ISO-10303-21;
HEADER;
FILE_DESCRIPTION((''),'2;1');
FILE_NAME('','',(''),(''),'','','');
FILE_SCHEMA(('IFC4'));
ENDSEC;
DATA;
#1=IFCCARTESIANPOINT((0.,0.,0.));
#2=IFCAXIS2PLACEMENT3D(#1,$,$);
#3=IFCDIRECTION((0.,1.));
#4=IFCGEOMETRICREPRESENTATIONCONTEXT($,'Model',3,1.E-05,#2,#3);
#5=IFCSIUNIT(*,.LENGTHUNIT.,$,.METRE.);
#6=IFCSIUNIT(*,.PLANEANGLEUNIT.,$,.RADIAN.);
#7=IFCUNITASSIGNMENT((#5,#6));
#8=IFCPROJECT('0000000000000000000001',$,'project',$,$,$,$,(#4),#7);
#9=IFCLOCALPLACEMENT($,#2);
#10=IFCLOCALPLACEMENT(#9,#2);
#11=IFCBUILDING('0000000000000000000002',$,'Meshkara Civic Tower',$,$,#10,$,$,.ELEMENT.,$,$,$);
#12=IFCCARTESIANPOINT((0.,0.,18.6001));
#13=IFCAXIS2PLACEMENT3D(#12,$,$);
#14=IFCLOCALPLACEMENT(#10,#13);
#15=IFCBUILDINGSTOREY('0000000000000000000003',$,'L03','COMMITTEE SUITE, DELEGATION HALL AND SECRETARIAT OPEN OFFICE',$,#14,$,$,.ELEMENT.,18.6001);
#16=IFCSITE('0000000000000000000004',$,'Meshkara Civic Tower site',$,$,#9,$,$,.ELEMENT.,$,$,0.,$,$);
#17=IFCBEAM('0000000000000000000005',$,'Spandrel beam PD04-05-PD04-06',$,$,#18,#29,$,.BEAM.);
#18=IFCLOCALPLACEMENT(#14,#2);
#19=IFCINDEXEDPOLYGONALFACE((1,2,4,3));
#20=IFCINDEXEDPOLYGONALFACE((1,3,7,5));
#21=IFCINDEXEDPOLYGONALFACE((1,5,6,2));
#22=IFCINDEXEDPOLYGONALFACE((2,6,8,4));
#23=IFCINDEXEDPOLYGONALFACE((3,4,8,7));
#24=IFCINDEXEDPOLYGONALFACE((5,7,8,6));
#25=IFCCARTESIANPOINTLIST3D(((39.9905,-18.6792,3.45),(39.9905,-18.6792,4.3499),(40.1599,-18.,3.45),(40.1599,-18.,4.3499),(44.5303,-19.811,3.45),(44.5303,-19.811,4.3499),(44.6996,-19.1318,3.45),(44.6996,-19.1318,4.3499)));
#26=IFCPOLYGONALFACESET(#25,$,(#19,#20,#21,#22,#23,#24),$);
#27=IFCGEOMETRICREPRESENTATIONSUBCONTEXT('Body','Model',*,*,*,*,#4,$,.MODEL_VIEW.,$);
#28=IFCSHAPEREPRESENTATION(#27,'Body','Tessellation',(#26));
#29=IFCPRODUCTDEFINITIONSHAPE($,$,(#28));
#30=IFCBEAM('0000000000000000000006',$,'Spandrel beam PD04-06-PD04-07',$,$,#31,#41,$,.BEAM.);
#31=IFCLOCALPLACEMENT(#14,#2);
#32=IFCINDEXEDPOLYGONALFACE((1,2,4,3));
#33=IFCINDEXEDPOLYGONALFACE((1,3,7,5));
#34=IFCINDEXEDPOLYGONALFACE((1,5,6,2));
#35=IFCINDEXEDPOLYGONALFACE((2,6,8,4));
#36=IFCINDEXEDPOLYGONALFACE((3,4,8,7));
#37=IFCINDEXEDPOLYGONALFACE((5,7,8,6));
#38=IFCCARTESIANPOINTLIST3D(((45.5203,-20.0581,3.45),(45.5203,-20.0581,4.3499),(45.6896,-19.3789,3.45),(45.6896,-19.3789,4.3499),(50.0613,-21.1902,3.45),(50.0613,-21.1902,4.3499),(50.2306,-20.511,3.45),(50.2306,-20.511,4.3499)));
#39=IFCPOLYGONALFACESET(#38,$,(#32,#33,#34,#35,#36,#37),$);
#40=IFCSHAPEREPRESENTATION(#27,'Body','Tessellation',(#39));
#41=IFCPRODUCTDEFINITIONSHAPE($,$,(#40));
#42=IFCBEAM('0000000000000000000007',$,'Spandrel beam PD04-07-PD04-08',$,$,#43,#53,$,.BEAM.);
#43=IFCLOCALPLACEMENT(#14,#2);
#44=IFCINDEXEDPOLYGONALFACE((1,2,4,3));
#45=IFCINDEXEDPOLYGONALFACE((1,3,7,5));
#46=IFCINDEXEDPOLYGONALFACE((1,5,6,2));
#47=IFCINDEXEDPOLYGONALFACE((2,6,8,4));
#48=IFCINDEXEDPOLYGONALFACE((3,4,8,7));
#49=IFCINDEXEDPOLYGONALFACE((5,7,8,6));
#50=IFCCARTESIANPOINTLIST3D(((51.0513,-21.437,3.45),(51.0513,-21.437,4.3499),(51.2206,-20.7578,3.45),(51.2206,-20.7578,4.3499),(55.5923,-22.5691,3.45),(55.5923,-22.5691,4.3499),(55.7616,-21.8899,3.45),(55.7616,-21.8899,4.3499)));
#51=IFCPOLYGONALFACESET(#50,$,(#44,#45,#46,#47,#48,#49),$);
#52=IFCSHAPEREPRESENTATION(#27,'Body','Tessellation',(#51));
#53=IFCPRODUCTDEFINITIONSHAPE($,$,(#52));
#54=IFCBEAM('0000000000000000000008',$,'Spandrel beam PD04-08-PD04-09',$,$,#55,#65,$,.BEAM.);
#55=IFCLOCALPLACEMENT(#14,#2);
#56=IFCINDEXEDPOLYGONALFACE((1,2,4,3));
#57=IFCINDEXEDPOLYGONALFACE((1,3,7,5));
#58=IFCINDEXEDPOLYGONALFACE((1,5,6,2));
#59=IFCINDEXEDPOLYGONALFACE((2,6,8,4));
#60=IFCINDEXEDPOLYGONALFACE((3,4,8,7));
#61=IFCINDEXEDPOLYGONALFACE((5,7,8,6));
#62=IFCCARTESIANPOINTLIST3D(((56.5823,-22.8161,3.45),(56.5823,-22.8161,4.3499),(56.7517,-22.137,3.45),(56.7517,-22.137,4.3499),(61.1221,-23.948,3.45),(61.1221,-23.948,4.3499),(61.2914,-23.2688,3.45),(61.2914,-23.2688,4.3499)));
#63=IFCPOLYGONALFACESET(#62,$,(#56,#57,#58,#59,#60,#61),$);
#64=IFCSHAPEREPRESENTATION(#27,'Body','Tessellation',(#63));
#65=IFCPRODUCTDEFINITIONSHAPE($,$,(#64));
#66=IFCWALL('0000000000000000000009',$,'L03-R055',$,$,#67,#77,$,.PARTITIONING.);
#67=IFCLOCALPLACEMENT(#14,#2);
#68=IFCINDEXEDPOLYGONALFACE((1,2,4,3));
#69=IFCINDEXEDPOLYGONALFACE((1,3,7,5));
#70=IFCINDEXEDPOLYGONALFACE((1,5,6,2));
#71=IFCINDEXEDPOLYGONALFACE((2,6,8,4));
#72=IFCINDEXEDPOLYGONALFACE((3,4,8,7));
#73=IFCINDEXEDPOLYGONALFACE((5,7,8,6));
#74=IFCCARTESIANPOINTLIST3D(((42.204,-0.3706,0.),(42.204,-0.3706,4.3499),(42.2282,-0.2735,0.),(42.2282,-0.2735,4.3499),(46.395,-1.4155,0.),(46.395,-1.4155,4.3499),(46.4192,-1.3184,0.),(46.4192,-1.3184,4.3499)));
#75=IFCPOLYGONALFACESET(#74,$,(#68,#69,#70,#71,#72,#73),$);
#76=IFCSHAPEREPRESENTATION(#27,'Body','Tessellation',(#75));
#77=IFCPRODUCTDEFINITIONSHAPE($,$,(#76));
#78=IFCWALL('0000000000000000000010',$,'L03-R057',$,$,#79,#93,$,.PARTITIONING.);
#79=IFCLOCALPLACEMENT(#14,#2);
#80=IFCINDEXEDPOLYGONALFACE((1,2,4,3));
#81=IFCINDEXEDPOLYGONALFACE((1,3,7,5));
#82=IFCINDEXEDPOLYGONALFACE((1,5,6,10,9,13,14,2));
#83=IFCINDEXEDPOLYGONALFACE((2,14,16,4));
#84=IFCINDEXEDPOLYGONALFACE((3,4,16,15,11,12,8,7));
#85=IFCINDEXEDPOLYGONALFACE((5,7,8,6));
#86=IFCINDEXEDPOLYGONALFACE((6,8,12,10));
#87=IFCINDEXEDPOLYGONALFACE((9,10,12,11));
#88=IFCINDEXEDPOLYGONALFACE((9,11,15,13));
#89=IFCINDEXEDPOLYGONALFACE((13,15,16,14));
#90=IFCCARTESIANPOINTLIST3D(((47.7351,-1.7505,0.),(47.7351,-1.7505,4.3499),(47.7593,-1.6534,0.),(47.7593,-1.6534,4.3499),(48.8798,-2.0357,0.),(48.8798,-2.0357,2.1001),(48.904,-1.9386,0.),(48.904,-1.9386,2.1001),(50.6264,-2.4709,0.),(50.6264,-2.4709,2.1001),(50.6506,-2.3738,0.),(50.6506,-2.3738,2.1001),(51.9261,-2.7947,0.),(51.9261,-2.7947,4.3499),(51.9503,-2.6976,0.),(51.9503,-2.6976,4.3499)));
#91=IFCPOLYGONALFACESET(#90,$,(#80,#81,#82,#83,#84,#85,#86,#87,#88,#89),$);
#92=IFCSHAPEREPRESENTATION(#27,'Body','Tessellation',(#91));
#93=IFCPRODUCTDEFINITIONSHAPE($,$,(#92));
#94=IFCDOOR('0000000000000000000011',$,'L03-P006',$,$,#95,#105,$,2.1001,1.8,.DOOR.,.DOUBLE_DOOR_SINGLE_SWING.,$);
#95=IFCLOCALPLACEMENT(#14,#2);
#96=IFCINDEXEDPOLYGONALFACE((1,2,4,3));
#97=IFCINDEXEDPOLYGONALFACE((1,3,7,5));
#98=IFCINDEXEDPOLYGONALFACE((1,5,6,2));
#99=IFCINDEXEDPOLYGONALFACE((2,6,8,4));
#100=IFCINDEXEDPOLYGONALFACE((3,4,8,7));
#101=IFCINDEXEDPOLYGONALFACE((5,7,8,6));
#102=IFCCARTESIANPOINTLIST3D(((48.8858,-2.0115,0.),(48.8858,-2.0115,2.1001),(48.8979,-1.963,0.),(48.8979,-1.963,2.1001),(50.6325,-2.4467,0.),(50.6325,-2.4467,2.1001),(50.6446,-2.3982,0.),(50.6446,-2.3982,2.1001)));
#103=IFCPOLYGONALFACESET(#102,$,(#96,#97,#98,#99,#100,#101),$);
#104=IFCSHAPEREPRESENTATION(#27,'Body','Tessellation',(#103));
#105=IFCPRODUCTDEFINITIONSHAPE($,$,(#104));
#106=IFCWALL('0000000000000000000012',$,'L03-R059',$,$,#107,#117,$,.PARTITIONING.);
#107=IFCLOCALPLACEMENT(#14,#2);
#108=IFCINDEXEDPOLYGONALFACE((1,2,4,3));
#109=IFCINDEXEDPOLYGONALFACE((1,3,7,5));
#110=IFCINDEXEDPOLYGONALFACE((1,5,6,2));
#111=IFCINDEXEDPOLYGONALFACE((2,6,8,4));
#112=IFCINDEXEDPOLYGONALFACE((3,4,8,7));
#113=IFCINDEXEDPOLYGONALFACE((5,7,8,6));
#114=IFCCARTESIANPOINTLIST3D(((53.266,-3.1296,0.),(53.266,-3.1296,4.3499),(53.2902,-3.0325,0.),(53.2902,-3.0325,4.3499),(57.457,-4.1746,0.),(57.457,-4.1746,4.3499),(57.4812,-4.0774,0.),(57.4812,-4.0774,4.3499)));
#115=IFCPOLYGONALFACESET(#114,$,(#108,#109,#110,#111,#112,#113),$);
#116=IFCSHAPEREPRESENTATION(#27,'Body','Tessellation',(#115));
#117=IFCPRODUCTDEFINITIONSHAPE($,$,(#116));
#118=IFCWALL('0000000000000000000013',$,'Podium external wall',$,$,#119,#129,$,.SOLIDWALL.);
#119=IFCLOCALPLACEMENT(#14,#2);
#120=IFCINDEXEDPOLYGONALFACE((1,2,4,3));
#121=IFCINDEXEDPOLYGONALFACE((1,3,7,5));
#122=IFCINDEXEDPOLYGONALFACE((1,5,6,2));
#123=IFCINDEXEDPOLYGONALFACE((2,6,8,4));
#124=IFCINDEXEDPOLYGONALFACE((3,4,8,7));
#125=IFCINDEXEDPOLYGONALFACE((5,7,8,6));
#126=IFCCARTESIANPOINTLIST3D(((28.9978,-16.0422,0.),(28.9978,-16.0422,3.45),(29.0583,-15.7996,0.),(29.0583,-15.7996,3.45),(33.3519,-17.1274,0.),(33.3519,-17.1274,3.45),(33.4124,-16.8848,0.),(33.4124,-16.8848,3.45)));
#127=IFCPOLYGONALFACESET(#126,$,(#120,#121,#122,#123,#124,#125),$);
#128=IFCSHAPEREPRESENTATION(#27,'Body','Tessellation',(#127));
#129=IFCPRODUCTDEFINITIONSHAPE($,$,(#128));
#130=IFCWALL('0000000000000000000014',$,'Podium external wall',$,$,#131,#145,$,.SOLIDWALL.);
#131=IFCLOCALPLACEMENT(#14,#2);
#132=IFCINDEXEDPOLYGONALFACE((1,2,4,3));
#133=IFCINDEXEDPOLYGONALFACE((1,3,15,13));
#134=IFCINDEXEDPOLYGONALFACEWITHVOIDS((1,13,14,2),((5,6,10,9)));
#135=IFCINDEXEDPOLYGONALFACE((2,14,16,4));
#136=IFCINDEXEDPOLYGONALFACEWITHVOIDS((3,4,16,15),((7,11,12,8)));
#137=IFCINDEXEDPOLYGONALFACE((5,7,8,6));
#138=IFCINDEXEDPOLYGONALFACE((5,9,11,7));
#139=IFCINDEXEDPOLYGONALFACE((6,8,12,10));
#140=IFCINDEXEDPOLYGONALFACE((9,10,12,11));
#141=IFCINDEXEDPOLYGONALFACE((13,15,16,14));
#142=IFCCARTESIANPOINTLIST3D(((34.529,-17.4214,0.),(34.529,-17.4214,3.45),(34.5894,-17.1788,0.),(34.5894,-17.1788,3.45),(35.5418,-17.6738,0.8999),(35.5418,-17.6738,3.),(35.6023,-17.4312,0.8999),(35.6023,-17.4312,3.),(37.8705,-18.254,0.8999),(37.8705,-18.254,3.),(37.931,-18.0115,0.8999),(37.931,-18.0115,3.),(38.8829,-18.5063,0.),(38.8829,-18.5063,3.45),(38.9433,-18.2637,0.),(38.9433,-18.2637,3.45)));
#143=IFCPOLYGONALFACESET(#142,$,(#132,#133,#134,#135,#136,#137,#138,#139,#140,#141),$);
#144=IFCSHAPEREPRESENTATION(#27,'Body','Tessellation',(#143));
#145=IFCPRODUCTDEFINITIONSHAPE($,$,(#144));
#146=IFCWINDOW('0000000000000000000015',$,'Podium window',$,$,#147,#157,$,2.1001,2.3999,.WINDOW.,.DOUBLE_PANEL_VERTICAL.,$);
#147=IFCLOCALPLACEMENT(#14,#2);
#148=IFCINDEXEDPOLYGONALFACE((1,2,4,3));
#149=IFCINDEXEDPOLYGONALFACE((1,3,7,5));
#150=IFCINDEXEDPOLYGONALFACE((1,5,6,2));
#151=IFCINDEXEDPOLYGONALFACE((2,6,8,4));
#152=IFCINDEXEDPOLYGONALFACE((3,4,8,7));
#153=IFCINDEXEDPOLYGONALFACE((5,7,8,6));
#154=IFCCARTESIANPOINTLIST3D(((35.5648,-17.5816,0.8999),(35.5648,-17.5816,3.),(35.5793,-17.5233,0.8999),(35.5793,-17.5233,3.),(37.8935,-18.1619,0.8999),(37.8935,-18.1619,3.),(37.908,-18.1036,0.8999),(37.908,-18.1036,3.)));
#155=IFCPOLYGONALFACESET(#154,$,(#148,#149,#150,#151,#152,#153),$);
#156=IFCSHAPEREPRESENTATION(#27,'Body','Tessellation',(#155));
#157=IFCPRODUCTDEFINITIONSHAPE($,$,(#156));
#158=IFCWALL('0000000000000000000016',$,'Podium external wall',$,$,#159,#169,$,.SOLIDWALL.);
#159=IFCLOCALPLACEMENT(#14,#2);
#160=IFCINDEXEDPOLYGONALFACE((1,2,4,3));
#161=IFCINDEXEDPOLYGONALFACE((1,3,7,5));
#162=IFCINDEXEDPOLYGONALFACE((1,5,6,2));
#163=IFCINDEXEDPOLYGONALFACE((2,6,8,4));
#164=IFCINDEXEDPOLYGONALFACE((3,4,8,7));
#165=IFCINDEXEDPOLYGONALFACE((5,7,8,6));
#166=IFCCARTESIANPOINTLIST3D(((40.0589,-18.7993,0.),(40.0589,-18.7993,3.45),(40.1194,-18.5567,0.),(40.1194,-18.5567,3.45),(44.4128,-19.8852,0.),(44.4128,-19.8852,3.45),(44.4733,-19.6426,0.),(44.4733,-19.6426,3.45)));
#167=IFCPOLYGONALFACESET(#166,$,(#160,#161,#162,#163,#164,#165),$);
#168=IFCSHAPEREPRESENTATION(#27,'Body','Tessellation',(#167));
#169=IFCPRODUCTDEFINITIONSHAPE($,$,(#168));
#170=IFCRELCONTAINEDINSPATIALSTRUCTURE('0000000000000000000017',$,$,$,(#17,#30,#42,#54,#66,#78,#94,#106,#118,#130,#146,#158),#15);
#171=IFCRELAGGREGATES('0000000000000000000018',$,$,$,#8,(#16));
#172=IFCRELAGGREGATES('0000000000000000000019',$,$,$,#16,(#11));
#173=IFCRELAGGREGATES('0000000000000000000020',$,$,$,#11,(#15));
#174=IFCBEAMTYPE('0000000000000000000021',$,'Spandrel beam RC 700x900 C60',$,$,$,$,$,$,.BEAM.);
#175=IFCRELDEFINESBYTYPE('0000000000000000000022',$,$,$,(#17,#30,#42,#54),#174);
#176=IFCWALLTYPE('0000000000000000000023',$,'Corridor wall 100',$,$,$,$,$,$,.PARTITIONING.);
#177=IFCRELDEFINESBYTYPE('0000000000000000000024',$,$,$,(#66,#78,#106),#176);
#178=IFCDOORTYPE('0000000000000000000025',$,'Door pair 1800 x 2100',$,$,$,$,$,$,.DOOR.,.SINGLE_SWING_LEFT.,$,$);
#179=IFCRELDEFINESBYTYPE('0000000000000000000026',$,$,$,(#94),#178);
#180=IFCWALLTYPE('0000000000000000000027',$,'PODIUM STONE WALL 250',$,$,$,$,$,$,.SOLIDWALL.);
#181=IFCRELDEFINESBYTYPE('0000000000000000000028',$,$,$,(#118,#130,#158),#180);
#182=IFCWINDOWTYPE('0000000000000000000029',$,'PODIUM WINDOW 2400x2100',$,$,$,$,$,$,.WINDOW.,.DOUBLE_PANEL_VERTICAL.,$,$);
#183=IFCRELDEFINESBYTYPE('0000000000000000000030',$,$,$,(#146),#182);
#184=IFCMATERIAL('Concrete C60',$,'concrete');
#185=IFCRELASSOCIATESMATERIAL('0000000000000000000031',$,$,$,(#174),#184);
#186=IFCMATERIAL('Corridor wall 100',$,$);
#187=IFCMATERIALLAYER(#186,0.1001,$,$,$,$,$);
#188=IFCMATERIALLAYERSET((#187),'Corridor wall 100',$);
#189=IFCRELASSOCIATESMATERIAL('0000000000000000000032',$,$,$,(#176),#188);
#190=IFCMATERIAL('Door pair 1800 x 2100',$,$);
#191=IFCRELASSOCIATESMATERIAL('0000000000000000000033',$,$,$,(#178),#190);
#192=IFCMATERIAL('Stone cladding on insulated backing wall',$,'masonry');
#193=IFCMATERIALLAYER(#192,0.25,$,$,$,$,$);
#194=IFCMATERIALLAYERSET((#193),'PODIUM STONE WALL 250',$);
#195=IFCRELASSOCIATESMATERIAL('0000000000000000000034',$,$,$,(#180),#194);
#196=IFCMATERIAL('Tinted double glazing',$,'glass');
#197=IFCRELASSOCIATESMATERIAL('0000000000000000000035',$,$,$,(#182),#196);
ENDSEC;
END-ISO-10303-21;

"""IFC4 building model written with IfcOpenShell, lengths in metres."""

from ifc_helpers import new_model, si_unit, direction, frame, frame_2d, origin, origin_2d, place, context, subcontext, project, spatial, rectangle, extrude, material, layer, layer_set, material_profile, profile_set, type_object, element, fill, save


model = new_model("IFC4")

# Units and contexts
model_context = context("Model", 3, precision=1e-05, world=origin(), true_north=direction((0.0, 1.0)))
body_context = subcontext(model_context, "Body", "Model", "MODEL_VIEW")
ifc_project = project(units=[si_unit("LENGTHUNIT", "METRE"), si_unit("PLANEANGLEUNIT", "RADIAN")], contexts=[model_context])

# Site, building, storey
site_placement = place(None, origin())
site = spatial("IfcSite", under=ifc_project, at=site_placement, Name="Meshkara Civic Tower site", CompositionType="ELEMENT", RefElevation=0.0)
building_placement = place(site_placement, origin())
building = spatial("IfcBuilding", under=site, at=building_placement, Name="Meshkara Civic Tower", CompositionType="ELEMENT")
storey_placement = place(building_placement, frame((0.0, 0.0, 18.6001)))
storey = spatial("IfcBuildingStorey", under=building, at=storey_placement, Name="L03", Description="COMMITTEE SUITE, DELEGATION HALL AND SECRETARIAT OPEN OFFICE", CompositionType="ELEMENT", Elevation=18.6001)

# Beams
ifc_material_1 = material(Name="Concrete C60", Category="concrete")
ifc_material_profile_1 = material_profile(ifc_material_1, rectangle(XDim=0.7, YDim=0.8999, at=origin_2d()))
ifc_profile_set_1 = profile_set([ifc_material_profile_1], Name="Concrete C60")
beam_type = type_object("IfcBeamType", Name="Spandrel beam RC 700x900 C60", PredefinedType="BEAM", material=ifc_profile_set_1)
beam_1_placement = place(storey_placement, frame((40.0752, -18.3396, 3.8999), z_axis=(0.970299, -0.241909, 0.0), x_axis=(0.241909, 0.970299, 0.0)))
element("IfcBeam", 1, at=beam_1_placement, inside=storey, type_object=beam_type, Name="Spandrel beam PD04-05-PD04-06", PredefinedType="BEAM", context=body_context, shape_type="SweptSolid", body=[
    extrude(rectangle(XDim=0.7, YDim=0.8999, at=origin_2d()), origin(), (0.0, 0.0, 1.0), 4.6787),
])
for number, where, z_axis, x_axis, name in (
    (2, (45.605, -19.7185, 3.8999), (0.970302, -0.241897, 0.0), (0.241897, 0.970302, 0.0), "Spandrel beam PD04-06-PD04-07"),
    (3, (51.136, -21.0974, 3.8999), (0.970302, -0.241897, 0.0), (0.241897, 0.970302, 0.0), "Spandrel beam PD04-07-PD04-08"),
):
    element("IfcBeam", number, at=place(storey_placement, frame(where, z_axis=z_axis, x_axis=x_axis)), inside=storey, type_object=beam_type, Name=name, PredefinedType="BEAM", context=body_context, shape_type="SweptSolid", body=[
        extrude(rectangle(XDim=0.7, YDim=0.8999, at=origin_2d()), origin(), (0.0, 0.0, 1.0), 4.6799),
    ])
beam_2_placement = place(storey_placement, frame((56.667, -22.4766, 3.8999), z_axis=(0.970299, -0.241909, 0.0), x_axis=(0.241909, 0.970299, 0.0)))
element("IfcBeam", 4, at=beam_2_placement, inside=storey, type_object=beam_type, Name="Spandrel beam PD04-08-PD04-09", PredefinedType="BEAM", context=body_context, shape_type="SweptSolid", body=[
    extrude(rectangle(XDim=0.7, YDim=0.8999, at=origin_2d()), origin(), (0.0, 0.0, 1.0), 4.6787),
])

# Wall
ifc_material_2 = material(Name="Corridor wall 100")
ifc_layer_1 = layer(ifc_material_2, 0.1001)
ifc_layer_set_1 = layer_set([ifc_layer_1], Name="Corridor wall 100")
wall_type_1 = type_object("IfcWallType", Name="Corridor wall 100", PredefinedType="PARTITIONING", material=ifc_layer_set_1)
wall_1_placement = place(storey_placement, frame((42.2161, -0.322, 0.0), z_axis=(0.0, 0.0, 1.0), x_axis=(0.970295, -0.241924, 0.0)))
element("IfcWall", 5, at=wall_1_placement, inside=storey, type_object=wall_type_1, Name="L03-R055", PredefinedType="PARTITIONING", context=body_context, shape_type="SweptSolid", body=[
    extrude(rectangle(XDim=4.3193, YDim=0.1001, at=frame_2d((2.1597, 0.0))), origin(), (0.0, 0.0, 1.0), 4.3499),
])

# Wall, opening, door
wall_2_placement = place(storey_placement, frame((47.7471, -1.7019, 0.0), z_axis=(0.0, 0.0, 1.0), x_axis=(0.970335, -0.241764, 0.0)))
wall_2 = element("IfcWall", 6, at=wall_2_placement, inside=storey, type_object=wall_type_1, Name="L03-R057", PredefinedType="PARTITIONING", context=body_context, shape_type="SweptSolid", body=[
    extrude(rectangle(XDim=4.3191, YDim=0.1001, at=frame_2d((2.1597, 0.0))), origin(), (0.0, 0.0, 1.0), 4.3499),
])
opening_1_placement = place(wall_2_placement, frame((1.1799, 0.0, 0.0)))
opening_1 = element("IfcOpeningElement", 7, at=opening_1_placement, cuts=wall_2, PredefinedType="OPENING", context=body_context, shape_type="SweptSolid", body=[
    extrude(rectangle(XDim=1.8, YDim=2.1001, at=frame_2d((0.8999, 1.05))), frame((0.0, 0.0601, 0.0), z_axis=(0.0, -1.0, 0.0), x_axis=(1.0, 0.0, 0.0)), (0.0, 0.0, 1.0), 0.1201),
])
ifc_material_3 = material(Name="Door pair 1800 x 2100")
door_type = type_object("IfcDoorType", Name="Door pair 1800 x 2100", OperationType="SINGLE_SWING_LEFT", PredefinedType="DOOR", material=ifc_material_3)
door_placement = place(opening_1_placement, origin())
door = element("IfcDoor", 8, at=door_placement, inside=storey, type_object=door_type, Name="L03-P006", OperationType="DOUBLE_DOOR_SINGLE_SWING", OverallHeight=2.1001, OverallWidth=1.8, PredefinedType="DOOR", context=body_context, shape_type="SweptSolid", body=[
    extrude(rectangle(XDim=1.8, YDim=2.1001, at=frame_2d((0.8999, 1.05))), frame((0.0, 0.0249, 0.0), z_axis=(0.0, -1.0, 0.0), x_axis=(1.0, 0.0, 0.0)), (0.0, 0.0, 1.0), 0.05),
])
fill(opening_1, door)

# Walls
wall_3_placement = place(storey_placement, frame((53.2781, -3.0811, 0.0), z_axis=(0.0, 0.0, 1.0), x_axis=(0.970295, -0.241924, 0.0)))
element("IfcWall", 9, at=wall_3_placement, inside=storey, type_object=wall_type_1, Name="L03-R059", PredefinedType="PARTITIONING", context=body_context, shape_type="SweptSolid", body=[
    extrude(rectangle(XDim=4.3193, YDim=0.1001, at=frame_2d((2.1597, 0.0))), origin(), (0.0, 0.0, 1.0), 4.3499),
])
ifc_material_4 = material(Name="Stone cladding on insulated backing wall", Category="masonry")
ifc_layer_2 = layer(ifc_material_4, 0.25)
ifc_layer_set_2 = layer_set([ifc_layer_2], Name="PODIUM STONE WALL 250")
wall_type_2 = type_object("IfcWallType", Name="PODIUM STONE WALL 250", PredefinedType="SOLIDWALL", material=ifc_layer_set_2)
wall_4_placement = place(storey_placement, frame((29.0281, -15.9209, 0.0), z_axis=(0.0, 0.0, 1.0), x_axis=(0.970315, -0.241844, 0.0)))
element("IfcWall", 10, at=wall_4_placement, inside=storey, type_object=wall_type_2, Name="Podium external wall", PredefinedType="SOLIDWALL", context=body_context, shape_type="SweptSolid", body=[
    extrude(rectangle(XDim=4.4873, YDim=0.25, at=frame_2d((2.2437, 0.0))), origin(), (0.0, 0.0, 1.0), 3.45),
])

# Wall, opening, window
wall_5_placement = place(storey_placement, frame((34.5591, -17.3, 0.0), z_axis=(0.0, 0.0, 1.0), x_axis=(0.970328, -0.241793, 0.0)))
wall_5 = element("IfcWall", 11, at=wall_5_placement, inside=storey, type_object=wall_type_2, Name="Podium external wall", PredefinedType="SOLIDWALL", context=body_context, shape_type="SweptSolid", body=[
    extrude(rectangle(XDim=4.4871, YDim=0.25, at=frame_2d((2.2437, 0.0))), origin(), (0.0, 0.0, 1.0), 3.45),
])
opening_2_placement = place(wall_5_placement, frame((1.0439, 0.0, 0.8999)))
opening_2 = element("IfcOpeningElement", 12, at=opening_2_placement, cuts=wall_5, PredefinedType="OPENING", context=body_context, shape_type="SweptSolid", body=[
    extrude(rectangle(XDim=2.3999, YDim=2.1001, at=frame_2d((1.2, 1.05))), frame((0.0, 0.135, 0.0), z_axis=(0.0, -1.0, 0.0), x_axis=(1.0, 0.0, 0.0)), (0.0, 0.0, 1.0), 0.27),
])
ifc_material_5 = material(Name="Tinted double glazing", Category="glass")
window_type = type_object("IfcWindowType", Name="PODIUM WINDOW 2400x2100", PartitioningType="DOUBLE_PANEL_VERTICAL", PredefinedType="WINDOW", material=ifc_material_5)
window_1_placement = place(opening_2_placement, origin())
window_1 = element("IfcWindow", 13, at=window_1_placement, inside=storey, type_object=window_type, Name="Podium window", OverallHeight=2.1001, OverallWidth=2.3999, PartitioningType="DOUBLE_PANEL_VERTICAL", PredefinedType="WINDOW", context=body_context, shape_type="SweptSolid", body=[
    extrude(rectangle(XDim=2.3999, YDim=2.1001, at=frame_2d((1.2, 1.05))), frame((0.0, 0.03, 0.0), z_axis=(0.0, -1.0, 0.0), x_axis=(1.0, 0.0, 0.0)), (0.0, 0.0, 1.0), 0.0601),
])
fill(opening_2, window_1)

# Wall
wall_6_placement = place(storey_placement, frame((40.0891, -18.678, 0.0), z_axis=(0.0, 0.0, 1.0), x_axis=(0.970277, -0.241998, 0.0)))
element("IfcWall", 14, at=wall_6_placement, inside=storey, type_object=wall_type_2, Name="Podium external wall", PredefinedType="SOLIDWALL", context=body_context, shape_type="SweptSolid", body=[
    extrude(rectangle(XDim=4.4873, YDim=0.25, at=frame_2d((2.2437, 0.0))), origin(), (0.0, 0.0, 1.0), 3.45),
])

save(model, "model.ifc")
